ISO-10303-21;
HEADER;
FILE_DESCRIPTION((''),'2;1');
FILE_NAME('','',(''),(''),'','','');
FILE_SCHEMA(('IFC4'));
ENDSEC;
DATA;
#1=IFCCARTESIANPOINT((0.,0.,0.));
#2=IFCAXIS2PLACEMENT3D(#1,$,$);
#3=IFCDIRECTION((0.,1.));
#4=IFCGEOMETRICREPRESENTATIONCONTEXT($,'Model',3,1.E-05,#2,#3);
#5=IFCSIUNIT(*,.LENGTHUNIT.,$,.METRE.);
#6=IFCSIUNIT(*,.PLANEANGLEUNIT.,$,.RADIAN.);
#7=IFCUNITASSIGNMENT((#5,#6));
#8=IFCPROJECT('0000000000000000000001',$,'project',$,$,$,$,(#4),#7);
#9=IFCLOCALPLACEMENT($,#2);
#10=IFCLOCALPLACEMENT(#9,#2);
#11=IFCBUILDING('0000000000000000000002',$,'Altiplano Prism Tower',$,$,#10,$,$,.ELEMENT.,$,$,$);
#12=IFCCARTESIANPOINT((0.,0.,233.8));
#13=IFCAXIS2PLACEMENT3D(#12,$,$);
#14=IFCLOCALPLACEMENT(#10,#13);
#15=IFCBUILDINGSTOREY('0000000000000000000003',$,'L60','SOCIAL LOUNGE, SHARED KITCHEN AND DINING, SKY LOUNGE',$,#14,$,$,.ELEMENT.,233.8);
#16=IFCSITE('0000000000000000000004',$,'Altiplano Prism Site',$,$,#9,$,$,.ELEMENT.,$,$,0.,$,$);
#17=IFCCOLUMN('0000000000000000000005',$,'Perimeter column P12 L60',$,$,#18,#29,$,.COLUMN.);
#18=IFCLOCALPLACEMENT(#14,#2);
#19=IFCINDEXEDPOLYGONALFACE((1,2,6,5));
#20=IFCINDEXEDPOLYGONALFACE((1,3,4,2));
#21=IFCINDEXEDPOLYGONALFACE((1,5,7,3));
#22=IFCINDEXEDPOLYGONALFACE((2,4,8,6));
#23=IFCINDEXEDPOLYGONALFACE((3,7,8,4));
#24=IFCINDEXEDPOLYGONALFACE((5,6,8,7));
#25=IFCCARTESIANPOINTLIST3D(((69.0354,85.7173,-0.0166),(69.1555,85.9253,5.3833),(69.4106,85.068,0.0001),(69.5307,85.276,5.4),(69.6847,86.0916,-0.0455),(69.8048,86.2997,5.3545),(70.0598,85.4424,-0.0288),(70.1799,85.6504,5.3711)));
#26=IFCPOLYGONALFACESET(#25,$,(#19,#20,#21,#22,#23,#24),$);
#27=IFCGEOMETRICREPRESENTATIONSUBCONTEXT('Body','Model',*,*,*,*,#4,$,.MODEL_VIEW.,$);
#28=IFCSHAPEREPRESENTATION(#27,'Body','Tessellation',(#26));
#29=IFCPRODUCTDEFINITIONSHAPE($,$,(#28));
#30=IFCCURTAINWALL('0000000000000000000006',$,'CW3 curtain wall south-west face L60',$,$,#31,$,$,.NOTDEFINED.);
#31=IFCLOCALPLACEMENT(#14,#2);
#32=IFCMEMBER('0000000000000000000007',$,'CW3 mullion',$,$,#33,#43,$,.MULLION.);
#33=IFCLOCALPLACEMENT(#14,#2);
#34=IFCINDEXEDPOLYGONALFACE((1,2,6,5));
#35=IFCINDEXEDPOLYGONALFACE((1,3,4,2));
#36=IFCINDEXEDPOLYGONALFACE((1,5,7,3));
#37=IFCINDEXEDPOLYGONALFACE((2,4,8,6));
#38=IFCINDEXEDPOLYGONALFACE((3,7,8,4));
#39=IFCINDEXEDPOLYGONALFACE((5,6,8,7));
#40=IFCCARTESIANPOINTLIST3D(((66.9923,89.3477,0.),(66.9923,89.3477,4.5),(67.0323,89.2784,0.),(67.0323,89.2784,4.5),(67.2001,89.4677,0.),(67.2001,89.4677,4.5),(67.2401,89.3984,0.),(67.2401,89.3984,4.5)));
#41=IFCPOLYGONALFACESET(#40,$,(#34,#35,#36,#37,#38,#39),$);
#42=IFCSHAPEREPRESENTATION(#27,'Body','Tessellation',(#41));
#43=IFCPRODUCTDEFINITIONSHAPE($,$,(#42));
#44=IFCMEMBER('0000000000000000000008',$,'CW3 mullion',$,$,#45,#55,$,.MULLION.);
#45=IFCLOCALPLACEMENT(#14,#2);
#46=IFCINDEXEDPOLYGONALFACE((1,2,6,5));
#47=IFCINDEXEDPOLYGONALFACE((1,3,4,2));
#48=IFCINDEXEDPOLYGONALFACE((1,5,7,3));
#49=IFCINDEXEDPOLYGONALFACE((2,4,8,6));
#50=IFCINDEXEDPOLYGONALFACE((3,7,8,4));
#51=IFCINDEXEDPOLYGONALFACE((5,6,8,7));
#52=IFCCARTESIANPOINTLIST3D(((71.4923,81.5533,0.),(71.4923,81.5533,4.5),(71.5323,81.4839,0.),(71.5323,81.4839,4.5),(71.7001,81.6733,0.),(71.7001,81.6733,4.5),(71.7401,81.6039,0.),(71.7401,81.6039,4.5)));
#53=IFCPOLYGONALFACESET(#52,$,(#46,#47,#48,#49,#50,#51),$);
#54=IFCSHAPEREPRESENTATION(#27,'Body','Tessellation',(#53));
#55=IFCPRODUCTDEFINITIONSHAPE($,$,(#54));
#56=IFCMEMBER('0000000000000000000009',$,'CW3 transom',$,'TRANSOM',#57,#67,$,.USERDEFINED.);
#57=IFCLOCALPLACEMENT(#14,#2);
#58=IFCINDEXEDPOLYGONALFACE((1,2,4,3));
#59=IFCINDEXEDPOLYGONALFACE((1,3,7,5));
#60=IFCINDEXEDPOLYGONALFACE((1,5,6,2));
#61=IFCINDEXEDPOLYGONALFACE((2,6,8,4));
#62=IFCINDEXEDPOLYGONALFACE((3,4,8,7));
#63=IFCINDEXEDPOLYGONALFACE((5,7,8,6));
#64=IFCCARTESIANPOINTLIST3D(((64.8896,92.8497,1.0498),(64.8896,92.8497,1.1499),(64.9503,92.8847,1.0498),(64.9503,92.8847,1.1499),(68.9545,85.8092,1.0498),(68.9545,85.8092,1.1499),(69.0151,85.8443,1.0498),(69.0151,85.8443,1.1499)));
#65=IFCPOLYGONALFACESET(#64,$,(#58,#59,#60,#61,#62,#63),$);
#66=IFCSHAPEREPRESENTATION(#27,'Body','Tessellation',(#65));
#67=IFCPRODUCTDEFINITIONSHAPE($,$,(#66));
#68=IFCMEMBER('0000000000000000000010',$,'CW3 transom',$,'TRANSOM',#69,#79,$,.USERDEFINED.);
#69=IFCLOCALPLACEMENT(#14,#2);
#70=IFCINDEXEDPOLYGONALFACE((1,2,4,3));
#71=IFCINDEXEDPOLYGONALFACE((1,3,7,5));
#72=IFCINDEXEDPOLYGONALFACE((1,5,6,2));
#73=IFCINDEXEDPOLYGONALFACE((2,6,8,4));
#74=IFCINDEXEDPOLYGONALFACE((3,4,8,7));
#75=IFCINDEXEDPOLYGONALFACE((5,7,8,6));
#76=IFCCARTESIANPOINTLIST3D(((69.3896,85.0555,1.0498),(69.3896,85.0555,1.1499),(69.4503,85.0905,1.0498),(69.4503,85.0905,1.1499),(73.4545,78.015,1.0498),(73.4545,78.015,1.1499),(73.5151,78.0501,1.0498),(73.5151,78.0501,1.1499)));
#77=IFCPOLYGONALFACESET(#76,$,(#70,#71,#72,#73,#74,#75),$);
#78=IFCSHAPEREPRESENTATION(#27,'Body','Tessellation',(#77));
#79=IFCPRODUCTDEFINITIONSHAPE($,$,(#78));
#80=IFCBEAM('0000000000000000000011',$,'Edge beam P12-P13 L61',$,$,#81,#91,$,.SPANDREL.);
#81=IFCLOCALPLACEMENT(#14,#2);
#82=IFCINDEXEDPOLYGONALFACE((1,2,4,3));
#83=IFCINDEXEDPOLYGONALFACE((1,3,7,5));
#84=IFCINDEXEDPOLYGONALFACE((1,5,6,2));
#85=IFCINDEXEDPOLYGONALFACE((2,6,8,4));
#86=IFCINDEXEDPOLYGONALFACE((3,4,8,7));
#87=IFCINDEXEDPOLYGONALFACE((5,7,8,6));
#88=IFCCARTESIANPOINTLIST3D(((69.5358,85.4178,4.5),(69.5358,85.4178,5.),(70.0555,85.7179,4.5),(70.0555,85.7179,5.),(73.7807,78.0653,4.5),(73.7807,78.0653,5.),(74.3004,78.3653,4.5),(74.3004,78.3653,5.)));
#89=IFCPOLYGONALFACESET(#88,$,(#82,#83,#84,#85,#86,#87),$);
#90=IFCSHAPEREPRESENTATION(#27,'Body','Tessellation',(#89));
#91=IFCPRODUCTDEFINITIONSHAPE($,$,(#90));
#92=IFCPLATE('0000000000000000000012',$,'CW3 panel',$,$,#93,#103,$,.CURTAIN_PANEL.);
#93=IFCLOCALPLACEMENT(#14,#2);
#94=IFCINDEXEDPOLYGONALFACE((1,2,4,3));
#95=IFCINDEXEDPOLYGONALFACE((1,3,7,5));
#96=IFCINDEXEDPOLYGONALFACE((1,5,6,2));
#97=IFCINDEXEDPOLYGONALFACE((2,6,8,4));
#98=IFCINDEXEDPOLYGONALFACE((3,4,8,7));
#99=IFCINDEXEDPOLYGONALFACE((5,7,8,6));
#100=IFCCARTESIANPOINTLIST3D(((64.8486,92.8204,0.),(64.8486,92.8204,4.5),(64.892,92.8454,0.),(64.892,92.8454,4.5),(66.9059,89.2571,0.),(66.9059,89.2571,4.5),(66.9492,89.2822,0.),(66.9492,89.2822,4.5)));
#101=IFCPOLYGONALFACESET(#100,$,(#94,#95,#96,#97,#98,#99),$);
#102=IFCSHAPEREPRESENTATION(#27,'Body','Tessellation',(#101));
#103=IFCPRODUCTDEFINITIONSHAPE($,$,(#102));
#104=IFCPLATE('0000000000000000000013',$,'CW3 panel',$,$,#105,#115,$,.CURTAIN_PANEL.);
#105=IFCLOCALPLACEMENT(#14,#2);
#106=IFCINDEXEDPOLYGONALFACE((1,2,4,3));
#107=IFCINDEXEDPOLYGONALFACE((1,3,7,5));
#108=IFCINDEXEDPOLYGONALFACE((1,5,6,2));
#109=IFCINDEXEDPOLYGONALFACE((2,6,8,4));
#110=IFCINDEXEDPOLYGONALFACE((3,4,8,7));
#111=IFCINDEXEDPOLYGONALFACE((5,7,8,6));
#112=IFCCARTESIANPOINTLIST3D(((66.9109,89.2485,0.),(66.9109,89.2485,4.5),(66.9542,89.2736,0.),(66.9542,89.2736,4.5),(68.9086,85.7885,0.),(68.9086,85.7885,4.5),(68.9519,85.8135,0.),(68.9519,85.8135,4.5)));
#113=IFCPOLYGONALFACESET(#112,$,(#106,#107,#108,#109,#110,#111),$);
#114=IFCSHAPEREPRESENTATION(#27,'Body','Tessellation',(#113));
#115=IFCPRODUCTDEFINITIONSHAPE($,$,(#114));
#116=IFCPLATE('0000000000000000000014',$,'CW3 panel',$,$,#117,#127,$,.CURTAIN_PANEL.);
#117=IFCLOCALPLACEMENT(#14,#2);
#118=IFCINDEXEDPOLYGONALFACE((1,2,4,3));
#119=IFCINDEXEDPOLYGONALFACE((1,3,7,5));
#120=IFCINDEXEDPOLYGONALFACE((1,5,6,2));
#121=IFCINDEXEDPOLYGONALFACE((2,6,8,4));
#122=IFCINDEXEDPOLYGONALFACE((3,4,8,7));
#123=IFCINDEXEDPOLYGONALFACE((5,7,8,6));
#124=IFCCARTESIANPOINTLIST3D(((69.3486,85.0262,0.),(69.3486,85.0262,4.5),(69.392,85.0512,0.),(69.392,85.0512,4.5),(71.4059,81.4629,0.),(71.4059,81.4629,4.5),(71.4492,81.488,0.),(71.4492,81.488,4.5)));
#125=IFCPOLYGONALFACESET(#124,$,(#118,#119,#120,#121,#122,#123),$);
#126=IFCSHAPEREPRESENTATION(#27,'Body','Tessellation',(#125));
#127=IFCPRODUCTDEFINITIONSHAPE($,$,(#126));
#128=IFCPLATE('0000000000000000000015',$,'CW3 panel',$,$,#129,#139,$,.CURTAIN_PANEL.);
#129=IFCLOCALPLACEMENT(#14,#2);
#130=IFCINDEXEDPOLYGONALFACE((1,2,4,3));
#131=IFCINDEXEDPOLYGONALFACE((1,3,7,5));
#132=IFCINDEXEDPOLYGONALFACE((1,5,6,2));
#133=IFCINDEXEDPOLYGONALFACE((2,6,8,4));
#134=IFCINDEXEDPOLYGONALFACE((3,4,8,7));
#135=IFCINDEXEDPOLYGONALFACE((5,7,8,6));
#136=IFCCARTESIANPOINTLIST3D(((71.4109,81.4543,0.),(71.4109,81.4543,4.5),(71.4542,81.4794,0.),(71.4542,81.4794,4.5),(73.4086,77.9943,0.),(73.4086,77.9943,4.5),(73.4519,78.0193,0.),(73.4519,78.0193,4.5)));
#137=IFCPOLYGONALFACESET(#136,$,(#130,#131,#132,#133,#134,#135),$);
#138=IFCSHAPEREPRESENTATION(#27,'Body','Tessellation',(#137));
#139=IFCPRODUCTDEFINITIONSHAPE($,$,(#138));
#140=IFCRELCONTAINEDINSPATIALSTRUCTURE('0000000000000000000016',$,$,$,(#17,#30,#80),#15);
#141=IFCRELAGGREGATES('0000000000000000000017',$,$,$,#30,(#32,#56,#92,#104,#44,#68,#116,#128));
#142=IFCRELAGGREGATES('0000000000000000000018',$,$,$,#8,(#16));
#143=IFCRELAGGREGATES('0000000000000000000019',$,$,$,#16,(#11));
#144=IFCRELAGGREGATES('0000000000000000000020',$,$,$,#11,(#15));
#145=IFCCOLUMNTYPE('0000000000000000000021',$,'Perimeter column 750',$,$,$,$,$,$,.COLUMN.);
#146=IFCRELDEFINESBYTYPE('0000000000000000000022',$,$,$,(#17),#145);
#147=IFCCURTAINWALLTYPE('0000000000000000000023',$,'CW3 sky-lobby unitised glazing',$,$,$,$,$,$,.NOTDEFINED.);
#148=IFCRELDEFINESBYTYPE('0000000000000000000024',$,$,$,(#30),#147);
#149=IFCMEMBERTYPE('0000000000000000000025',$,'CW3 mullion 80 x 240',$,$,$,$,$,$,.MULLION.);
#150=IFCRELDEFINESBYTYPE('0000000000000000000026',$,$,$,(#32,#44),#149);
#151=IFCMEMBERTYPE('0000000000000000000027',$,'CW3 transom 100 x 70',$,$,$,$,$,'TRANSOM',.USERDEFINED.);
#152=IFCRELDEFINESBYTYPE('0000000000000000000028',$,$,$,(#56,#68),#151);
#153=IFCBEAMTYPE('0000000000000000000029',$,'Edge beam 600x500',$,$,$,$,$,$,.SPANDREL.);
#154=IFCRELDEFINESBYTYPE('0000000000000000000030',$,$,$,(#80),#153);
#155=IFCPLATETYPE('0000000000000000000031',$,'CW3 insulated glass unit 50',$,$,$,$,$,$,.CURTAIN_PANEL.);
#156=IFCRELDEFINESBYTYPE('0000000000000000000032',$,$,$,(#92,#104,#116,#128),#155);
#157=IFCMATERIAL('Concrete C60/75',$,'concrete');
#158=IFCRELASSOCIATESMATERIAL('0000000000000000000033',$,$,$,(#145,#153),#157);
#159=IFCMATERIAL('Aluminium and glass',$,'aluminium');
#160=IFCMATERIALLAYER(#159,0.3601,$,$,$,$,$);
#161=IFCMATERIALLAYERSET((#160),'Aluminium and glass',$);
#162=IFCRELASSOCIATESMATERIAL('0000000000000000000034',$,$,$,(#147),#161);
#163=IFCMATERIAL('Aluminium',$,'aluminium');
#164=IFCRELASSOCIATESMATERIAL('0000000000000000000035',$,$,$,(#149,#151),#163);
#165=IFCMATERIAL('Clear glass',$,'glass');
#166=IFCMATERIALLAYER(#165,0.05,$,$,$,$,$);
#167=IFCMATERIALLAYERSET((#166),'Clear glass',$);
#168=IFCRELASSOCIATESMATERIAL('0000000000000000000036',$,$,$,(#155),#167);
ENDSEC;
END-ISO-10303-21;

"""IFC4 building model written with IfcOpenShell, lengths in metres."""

from ifc_helpers import new_model, si_unit, direction, frame, origin, origin_2d, place, context, subcontext, project, spatial, rectangle, extrude, material, layer, layer_set, material_profile, profile_set, type_object, element, aggregate, save


model = new_model("IFC4")

# Units and contexts
model_context = context("Model", 3, precision=1e-05, world=origin(), true_north=direction((0.0, 1.0)))
body_context = subcontext(model_context, "Body", "Model", "MODEL_VIEW")
ifc_project = project(units=[si_unit("LENGTHUNIT", "METRE"), si_unit("PLANEANGLEUNIT", "RADIAN")], contexts=[model_context])

# Site, building, storey
site_placement = place(None, origin())
site = spatial("IfcSite", under=ifc_project, at=site_placement, Name="Altiplano Prism Site", CompositionType="ELEMENT", RefElevation=0.0)
building_placement = place(site_placement, origin())
building = spatial("IfcBuilding", under=site, at=building_placement, Name="Altiplano Prism Tower", CompositionType="ELEMENT")
storey_placement = place(building_placement, frame((0.0, 0.0, 233.8)))
storey = spatial("IfcBuildingStorey", under=building, at=storey_placement, Name="L60", Description="SOCIAL LOUNGE, SHARED KITCHEN AND DINING, SKY LOUNGE", CompositionType="ELEMENT", Elevation=233.8)

# Column
ifc_material_1 = material(Name="Concrete C60/75", Category="concrete")
ifc_material_profile_1 = material_profile(ifc_material_1, rectangle(XDim=0.75, YDim=0.75, at=origin_2d()), Name="Perimeter column 750")
ifc_profile_set_1 = profile_set([ifc_material_profile_1], Name="Concrete C60/75")
column_type = type_object("IfcColumnType", Name="Perimeter column 750", PredefinedType="COLUMN", material=ifc_profile_set_1)
column_placement = place(storey_placement, frame((69.5476, 85.5798, -0.0227), z_axis=(0.022222, 0.038483, 0.999012), x_axis=(-0.865639, -0.499187, 0.038485)))
element("IfcColumn", 1, at=column_placement, inside=storey, type_object=column_type, Name="Perimeter column P12 L60", PredefinedType="COLUMN", context=body_context, shape_type="SweptSolid", body=[
    extrude(rectangle(XDim=0.75, YDim=0.75, at=origin_2d()), origin(), (0.0, 0.0, 1.0), 5.4053),
])

# Curtain wall, members
ifc_material_2 = material(Name="Aluminium and glass", Category="aluminium")
ifc_layer_1 = layer(ifc_material_2, 0.3601)
ifc_layer_set_1 = layer_set([ifc_layer_1], Name="Aluminium and glass")
curtain_wall_type = type_object("IfcCurtainWallType", Name="CW3 sky-lobby unitised glazing", PredefinedType="NOTDEFINED", material=ifc_layer_set_1)
curtain_wall_placement = place(storey_placement, origin())
curtain_wall = element("IfcCurtainWall", 2, at=curtain_wall_placement, inside=storey, type_object=curtain_wall_type, Name="CW3 curtain wall south-west face L60", PredefinedType="NOTDEFINED")
ifc_material_3 = material(Name="Aluminium", Category="aluminium")
ifc_material_profile_2 = material_profile(ifc_material_3, rectangle(XDim=0.24, YDim=0.0801, at=origin_2d()), Name="CW3 mullion 80 x 240")
ifc_profile_set_2 = profile_set([ifc_material_profile_2], Name="Aluminium")
member_type_1 = type_object("IfcMemberType", Name="CW3 mullion 80 x 240", PredefinedType="MULLION", material=ifc_profile_set_2)
member_1_placement = place(storey_placement, frame((67.1162, 89.373, 0.0), z_axis=(0.0, 0.0, 1.0), x_axis=(0.866025, 0.5, 0.0)))
member_1 = element("IfcMember", 3, at=member_1_placement, type_object=member_type_1, Name="CW3 mullion", PredefinedType="MULLION", context=body_context, shape_type="SweptSolid", body=[
    extrude(rectangle(XDim=0.24, YDim=0.0801, at=origin_2d()), origin(), (0.0, 0.0, 1.0), 4.5),
])
member_2_placement = place(storey_placement, frame((71.6162, 81.5786, 0.0), z_axis=(0.0, 0.0, 1.0), x_axis=(0.866025, 0.5, 0.0)))
member_2 = element("IfcMember", 4, at=member_2_placement, type_object=member_type_1, Name="CW3 mullion", PredefinedType="MULLION", context=body_context, shape_type="SweptSolid", body=[
    extrude(rectangle(XDim=0.24, YDim=0.0801, at=origin_2d()), origin(), (0.0, 0.0, 1.0), 4.5),
])
ifc_material_profile_3 = material_profile(ifc_material_3, rectangle(XDim=0.0701, YDim=0.1001, at=origin_2d()), Name="CW3 transom 100 x 70")
ifc_profile_set_3 = profile_set([ifc_material_profile_3], Name="Aluminium")
member_type_2 = type_object("IfcMemberType", Name="CW3 transom 100 x 70", ElementType="TRANSOM", PredefinedType="USERDEFINED", material=ifc_profile_set_3)
member_3_placement = place(storey_placement, frame((64.9199, 92.8672, 1.0999), z_axis=(0.500008, -0.866021, 0.0), x_axis=(0.866021, 0.500008, 0.0)))
member_3 = element("IfcMember", 5, at=member_3_placement, type_object=member_type_2, Name="CW3 transom", ObjectType="TRANSOM", PredefinedType="USERDEFINED", context=body_context, shape_type="SweptSolid", body=[
    extrude(rectangle(XDim=0.0701, YDim=0.1001, at=origin_2d()), origin(), (0.0, 0.0, 1.0), 8.1296),
])
member_4_placement = place(storey_placement, frame((69.4199, 85.073, 1.0999), z_axis=(0.500008, -0.866021, 0.0), x_axis=(0.866021, 0.500008, 0.0)))
member_4 = element("IfcMember", 6, at=member_4_placement, type_object=member_type_2, Name="CW3 transom", ObjectType="TRANSOM", PredefinedType="USERDEFINED", context=body_context, shape_type="SweptSolid", body=[
    extrude(rectangle(XDim=0.0701, YDim=0.1001, at=origin_2d()), origin(), (0.0, 0.0, 1.0), 8.1296),
])

# Beam
ifc_material_profile_4 = material_profile(ifc_material_1, rectangle(XDim=0.6001, YDim=0.5, at=origin_2d()), Name="Edge beam 600x500")
ifc_profile_set_4 = profile_set([ifc_material_profile_4], Name="Concrete C60/75")
beam_type = type_object("IfcBeamType", Name="Edge beam 600x500", PredefinedType="SPANDREL", material=ifc_profile_set_4)
beam_placement = place(storey_placement, frame((69.7957, 85.5679, 4.75), z_axis=(0.49999, -0.866031, 0.0), x_axis=(0.866031, 0.49999, 0.0)))
element("IfcBeam", 7, at=beam_placement, inside=storey, type_object=beam_type, Name="Edge beam P12-P13 L61", PredefinedType="SPANDREL", context=body_context, shape_type="SweptSolid", body=[
    extrude(rectangle(XDim=0.6001, YDim=0.5, at=origin_2d()), origin(), (0.0, 0.0, 1.0), 8.49),
])

# Plates
ifc_material_4 = material(Name="Clear glass", Category="glass")
ifc_layer_2 = layer(ifc_material_4, 0.05)
ifc_layer_set_2 = layer_set([ifc_layer_2], Name="Clear glass")
plate_type = type_object("IfcPlateType", Name="CW3 insulated glass unit 50", PredefinedType="CURTAIN_PANEL", material=ifc_layer_set_2)
plate_1_placement = place(storey_placement, frame((65.8989, 91.0513, 0.0), z_axis=(0.0, 0.0, 1.0), x_axis=(0.5, -0.866025, 0.0)))
plate_1 = element("IfcPlate", 8, at=plate_1_placement, type_object=plate_type, Name="CW3 panel", PredefinedType="CURTAIN_PANEL", context=body_context, shape_type="SweptSolid", body=[
    extrude(rectangle(XDim=4.1145, YDim=0.05, at=origin_2d()), origin(), (0.0, 0.0, 1.0), 4.5),
])
plate_2_placement = place(storey_placement, frame((67.9314, 87.531, 0.0), z_axis=(0.0, 0.0, 1.0), x_axis=(0.5, -0.866025, 0.0)))
plate_2 = element("IfcPlate", 9, at=plate_2_placement, type_object=plate_type, Name="CW3 panel", PredefinedType="CURTAIN_PANEL", context=body_context, shape_type="SweptSolid", body=[
    extrude(rectangle(XDim=3.9954, YDim=0.05, at=origin_2d()), origin(), (0.0, 0.0, 1.0), 4.5),
])
plate_3_placement = place(storey_placement, frame((70.3989, 83.2571, 0.0), z_axis=(0.0, 0.0, 1.0), x_axis=(0.5, -0.866025, 0.0)))
plate_3 = element("IfcPlate", 10, at=plate_3_placement, type_object=plate_type, Name="CW3 panel", PredefinedType="CURTAIN_PANEL", context=body_context, shape_type="SweptSolid", body=[
    extrude(rectangle(XDim=4.1145, YDim=0.05, at=origin_2d()), origin(), (0.0, 0.0, 1.0), 4.5),
])
plate_4_placement = place(storey_placement, frame((72.4314, 79.7368, 0.0), z_axis=(0.0, 0.0, 1.0), x_axis=(0.5, -0.866025, 0.0)))
plate_4 = element("IfcPlate", 11, at=plate_4_placement, type_object=plate_type, Name="CW3 panel", PredefinedType="CURTAIN_PANEL", context=body_context, shape_type="SweptSolid", body=[
    extrude(rectangle(XDim=3.9954, YDim=0.05, at=origin_2d()), origin(), (0.0, 0.0, 1.0), 4.5),
])
aggregate(curtain_wall, [member_1, member_3, plate_1, plate_2, member_2, member_4, plate_3, plate_4])

save(model, "model.ifc")
